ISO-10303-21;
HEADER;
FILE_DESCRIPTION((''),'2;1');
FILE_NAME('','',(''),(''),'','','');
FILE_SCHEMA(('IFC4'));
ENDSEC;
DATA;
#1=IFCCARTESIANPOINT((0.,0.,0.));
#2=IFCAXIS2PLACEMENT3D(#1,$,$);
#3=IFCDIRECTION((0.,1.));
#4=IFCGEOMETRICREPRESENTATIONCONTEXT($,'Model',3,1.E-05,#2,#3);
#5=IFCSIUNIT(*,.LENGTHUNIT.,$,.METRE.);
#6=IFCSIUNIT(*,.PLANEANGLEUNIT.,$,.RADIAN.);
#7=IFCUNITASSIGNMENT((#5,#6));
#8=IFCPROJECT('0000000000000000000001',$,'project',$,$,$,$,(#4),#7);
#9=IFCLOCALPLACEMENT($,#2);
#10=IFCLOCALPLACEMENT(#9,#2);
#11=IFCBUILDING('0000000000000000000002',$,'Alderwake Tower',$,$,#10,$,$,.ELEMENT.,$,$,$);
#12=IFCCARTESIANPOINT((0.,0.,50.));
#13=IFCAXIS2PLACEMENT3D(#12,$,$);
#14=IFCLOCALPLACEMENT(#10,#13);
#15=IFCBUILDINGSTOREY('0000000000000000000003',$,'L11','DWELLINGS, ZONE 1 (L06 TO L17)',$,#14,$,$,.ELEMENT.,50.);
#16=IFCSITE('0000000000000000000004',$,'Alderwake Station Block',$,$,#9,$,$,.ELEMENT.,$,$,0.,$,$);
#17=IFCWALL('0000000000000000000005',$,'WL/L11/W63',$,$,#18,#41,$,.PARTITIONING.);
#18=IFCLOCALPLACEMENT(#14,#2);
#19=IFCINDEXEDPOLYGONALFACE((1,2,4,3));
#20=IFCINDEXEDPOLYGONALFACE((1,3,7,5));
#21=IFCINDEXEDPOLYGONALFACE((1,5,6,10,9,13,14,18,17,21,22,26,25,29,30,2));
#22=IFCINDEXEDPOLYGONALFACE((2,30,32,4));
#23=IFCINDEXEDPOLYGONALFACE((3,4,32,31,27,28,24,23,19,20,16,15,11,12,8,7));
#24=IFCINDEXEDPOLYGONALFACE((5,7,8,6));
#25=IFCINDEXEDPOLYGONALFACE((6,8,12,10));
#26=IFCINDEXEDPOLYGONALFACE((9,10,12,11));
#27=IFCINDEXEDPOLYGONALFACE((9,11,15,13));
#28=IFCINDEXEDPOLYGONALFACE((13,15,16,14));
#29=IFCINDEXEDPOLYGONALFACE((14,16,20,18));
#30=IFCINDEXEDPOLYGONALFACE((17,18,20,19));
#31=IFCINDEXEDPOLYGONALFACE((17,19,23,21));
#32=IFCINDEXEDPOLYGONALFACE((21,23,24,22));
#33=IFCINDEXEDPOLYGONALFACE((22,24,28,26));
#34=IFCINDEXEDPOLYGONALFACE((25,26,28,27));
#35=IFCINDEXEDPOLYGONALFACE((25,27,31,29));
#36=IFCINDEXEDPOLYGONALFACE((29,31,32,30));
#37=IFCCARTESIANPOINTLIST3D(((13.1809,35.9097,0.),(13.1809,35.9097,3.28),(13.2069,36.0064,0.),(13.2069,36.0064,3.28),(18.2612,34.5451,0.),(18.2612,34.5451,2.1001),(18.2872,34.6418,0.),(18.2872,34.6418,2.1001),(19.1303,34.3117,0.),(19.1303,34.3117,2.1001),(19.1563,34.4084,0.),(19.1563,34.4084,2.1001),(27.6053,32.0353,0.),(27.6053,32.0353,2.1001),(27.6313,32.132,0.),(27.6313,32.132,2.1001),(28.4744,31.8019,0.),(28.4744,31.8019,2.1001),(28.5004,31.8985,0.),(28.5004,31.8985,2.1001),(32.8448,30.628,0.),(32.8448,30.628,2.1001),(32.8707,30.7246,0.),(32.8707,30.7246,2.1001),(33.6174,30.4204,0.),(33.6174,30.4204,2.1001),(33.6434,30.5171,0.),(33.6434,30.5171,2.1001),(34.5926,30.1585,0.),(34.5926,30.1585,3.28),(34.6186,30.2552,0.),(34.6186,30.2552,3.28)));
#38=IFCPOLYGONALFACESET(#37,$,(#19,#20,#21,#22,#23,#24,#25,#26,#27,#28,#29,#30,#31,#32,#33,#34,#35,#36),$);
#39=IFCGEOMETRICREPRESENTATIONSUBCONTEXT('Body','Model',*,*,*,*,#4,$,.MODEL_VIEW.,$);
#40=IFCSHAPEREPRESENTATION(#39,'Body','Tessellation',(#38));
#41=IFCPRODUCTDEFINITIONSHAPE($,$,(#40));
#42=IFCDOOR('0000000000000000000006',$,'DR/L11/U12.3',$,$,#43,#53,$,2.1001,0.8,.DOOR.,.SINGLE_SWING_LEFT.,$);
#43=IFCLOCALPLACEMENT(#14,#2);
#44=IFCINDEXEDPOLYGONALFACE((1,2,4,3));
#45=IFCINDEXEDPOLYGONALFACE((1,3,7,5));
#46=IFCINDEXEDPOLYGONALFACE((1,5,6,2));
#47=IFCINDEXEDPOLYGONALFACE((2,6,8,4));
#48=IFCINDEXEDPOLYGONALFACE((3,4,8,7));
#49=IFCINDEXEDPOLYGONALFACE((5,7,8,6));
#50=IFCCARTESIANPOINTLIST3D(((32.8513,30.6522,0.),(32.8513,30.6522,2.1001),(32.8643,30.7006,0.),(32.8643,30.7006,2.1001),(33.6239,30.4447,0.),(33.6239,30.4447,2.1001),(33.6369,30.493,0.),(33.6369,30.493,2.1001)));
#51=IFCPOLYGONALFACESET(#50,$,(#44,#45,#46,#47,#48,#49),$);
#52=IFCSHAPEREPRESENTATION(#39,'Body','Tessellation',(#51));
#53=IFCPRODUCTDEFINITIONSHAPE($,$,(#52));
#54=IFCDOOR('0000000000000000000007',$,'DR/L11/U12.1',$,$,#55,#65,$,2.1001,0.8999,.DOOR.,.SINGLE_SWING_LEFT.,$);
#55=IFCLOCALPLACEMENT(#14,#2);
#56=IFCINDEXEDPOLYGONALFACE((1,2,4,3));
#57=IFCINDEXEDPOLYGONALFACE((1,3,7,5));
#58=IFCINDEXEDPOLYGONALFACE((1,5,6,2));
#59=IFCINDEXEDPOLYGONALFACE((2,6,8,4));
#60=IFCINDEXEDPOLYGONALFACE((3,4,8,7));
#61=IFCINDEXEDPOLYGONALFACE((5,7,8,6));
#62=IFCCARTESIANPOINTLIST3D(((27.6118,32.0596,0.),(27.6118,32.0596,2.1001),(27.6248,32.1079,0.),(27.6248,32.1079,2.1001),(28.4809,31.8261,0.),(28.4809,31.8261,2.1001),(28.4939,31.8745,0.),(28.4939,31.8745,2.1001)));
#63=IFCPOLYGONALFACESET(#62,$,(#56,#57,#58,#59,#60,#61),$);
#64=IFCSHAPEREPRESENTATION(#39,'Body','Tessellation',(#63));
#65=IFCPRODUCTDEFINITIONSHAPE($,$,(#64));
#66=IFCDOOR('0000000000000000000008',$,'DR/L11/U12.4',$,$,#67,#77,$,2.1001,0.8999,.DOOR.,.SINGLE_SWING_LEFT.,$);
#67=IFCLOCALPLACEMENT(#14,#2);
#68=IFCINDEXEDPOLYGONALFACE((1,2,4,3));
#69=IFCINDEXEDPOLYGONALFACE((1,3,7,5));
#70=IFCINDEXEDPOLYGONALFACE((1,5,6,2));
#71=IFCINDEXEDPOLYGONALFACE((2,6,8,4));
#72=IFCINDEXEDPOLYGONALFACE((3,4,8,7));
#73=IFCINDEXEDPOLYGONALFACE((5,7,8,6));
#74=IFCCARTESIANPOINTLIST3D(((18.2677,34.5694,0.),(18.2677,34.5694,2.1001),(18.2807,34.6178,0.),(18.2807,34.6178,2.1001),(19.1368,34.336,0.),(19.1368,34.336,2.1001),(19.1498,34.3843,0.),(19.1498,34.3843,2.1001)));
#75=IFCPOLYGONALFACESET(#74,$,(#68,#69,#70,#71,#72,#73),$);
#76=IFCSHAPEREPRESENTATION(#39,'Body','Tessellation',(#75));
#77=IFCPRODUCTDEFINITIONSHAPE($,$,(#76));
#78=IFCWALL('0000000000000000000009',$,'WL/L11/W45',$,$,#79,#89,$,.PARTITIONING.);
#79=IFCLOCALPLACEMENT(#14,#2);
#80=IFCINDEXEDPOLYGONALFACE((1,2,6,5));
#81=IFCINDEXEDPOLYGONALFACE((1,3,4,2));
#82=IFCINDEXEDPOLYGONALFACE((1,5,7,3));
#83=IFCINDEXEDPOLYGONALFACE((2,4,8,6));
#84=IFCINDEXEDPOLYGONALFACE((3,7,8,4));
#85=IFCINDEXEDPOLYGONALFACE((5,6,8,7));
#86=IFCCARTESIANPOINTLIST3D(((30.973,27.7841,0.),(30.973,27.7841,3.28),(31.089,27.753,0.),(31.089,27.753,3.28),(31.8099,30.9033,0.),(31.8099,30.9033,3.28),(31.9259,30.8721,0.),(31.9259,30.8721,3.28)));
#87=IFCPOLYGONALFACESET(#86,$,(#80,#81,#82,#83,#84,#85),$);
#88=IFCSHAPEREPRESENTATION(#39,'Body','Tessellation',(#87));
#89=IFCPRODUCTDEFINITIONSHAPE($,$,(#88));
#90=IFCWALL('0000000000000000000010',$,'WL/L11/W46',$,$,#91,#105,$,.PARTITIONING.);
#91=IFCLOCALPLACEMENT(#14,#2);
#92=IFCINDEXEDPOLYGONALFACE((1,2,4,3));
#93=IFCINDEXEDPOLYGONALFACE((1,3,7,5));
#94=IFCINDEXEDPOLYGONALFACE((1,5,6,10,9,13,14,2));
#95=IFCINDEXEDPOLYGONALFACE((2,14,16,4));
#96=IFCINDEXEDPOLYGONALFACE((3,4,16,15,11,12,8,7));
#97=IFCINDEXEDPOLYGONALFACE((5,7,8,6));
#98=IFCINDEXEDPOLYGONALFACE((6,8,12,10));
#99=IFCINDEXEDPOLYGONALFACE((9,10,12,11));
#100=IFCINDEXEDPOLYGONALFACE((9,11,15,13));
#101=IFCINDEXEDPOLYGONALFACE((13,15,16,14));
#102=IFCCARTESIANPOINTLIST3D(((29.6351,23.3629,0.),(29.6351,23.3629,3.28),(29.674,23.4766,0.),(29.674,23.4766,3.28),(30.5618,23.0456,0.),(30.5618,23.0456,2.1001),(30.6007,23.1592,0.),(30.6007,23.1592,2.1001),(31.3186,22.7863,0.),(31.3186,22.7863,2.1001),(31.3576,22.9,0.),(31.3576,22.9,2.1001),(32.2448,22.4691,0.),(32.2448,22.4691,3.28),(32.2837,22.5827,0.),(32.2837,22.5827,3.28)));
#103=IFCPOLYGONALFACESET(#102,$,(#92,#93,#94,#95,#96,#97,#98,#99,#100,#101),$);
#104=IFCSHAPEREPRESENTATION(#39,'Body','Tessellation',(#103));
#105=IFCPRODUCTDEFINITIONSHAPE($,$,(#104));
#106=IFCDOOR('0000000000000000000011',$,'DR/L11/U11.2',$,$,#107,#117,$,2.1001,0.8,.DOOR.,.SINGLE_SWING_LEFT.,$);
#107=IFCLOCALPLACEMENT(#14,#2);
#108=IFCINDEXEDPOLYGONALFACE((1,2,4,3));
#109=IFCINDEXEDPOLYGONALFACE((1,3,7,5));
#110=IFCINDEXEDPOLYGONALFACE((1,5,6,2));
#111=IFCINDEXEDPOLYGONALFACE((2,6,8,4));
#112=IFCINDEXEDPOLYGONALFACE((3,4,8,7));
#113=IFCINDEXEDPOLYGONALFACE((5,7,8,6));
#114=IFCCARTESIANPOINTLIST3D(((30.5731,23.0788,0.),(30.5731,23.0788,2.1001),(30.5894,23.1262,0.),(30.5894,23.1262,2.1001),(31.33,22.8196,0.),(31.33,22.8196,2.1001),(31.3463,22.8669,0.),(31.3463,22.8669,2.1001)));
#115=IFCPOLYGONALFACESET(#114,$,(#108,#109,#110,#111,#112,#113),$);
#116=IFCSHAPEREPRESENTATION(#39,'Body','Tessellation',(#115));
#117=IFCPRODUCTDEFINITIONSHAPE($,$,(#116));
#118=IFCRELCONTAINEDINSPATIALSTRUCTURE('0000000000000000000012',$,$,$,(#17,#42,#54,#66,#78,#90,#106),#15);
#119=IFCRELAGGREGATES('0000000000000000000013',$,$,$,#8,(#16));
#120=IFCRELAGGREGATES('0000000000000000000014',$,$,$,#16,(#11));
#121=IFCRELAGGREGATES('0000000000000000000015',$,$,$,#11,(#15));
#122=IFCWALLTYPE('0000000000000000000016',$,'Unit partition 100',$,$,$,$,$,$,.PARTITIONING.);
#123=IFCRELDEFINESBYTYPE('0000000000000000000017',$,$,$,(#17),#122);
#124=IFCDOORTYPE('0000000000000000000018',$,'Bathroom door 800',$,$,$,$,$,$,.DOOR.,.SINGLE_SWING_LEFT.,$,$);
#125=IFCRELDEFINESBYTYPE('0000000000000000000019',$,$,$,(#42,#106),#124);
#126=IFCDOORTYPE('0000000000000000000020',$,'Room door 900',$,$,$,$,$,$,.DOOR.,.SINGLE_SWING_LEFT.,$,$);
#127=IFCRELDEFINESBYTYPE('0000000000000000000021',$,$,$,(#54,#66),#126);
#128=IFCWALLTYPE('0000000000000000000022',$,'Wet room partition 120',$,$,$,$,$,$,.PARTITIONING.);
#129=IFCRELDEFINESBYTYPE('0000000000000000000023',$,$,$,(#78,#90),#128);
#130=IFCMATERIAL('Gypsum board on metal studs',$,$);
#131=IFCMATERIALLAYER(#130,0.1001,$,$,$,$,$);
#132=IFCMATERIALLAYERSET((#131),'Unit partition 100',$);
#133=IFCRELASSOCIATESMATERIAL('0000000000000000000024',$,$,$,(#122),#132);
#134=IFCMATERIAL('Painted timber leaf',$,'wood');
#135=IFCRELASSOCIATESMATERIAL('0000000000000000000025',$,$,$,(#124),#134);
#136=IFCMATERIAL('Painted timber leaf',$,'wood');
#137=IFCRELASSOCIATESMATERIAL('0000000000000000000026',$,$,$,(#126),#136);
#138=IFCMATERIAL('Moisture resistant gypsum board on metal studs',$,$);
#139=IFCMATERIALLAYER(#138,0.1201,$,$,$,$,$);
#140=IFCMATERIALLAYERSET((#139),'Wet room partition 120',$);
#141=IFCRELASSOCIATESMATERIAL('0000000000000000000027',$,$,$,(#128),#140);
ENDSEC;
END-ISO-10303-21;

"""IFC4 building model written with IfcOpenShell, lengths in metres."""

from ifc_helpers import new_model, si_unit, direction, frame, frame_2d, origin, place, context, subcontext, project, spatial, rectangle, extrude, material, layer, layer_set, type_object, element, fill, save


model = new_model("IFC4")

# Units and contexts
model_context = context("Model", 3, precision=1e-05, world=origin(), true_north=direction((0.0, 1.0)))
body_context = subcontext(model_context, "Body", "Model", "MODEL_VIEW")
ifc_project = project(units=[si_unit("LENGTHUNIT", "METRE"), si_unit("PLANEANGLEUNIT", "RADIAN")], contexts=[model_context])

# Site, building, storey
site_placement = place(None, origin())
site = spatial("IfcSite", under=ifc_project, at=site_placement, Name="Alderwake Station Block", CompositionType="ELEMENT", RefElevation=0.0)
building_placement = place(site_placement, origin())
building = spatial("IfcBuilding", under=site, at=building_placement, Name="Alderwake Tower", CompositionType="ELEMENT")
storey_placement = place(building_placement, frame((0.0, 0.0, 50.0)))
storey = spatial("IfcBuildingStorey", under=building, at=storey_placement, Name="L11", Description="DWELLINGS, ZONE 1 (L06 TO L17)", CompositionType="ELEMENT", Elevation=50.0)

# Wall, openings, doors
ifc_material_1 = material(Name="Gypsum board on metal studs")
ifc_layer_1 = layer(ifc_material_1, 0.1001)
ifc_layer_set_1 = layer_set([ifc_layer_1], Name="Unit partition 100")
wall_type_1 = type_object("IfcWallType", Name="Unit partition 100", PredefinedType="PARTITIONING", material=ifc_layer_set_1)
wall_1_placement = place(storey_placement, frame((34.6057, 30.2068, 0.0), z_axis=(0.0, 0.0, 1.0), x_axis=(-0.965768, 0.259408, 0.0)))
wall_1 = element("IfcWall", 1, at=wall_1_placement, inside=storey, type_object=wall_type_1, Name="WL/L11/W63", PredefinedType="PARTITIONING", context=body_context, shape_type="SweptSolid", body=[
    extrude(rectangle(XDim=22.1707, YDim=0.1001, at=frame_2d((11.0854, 0.0))), origin(), (0.0, 0.0, 1.0), 3.28),
])
opening_1_placement = place(wall_1_placement, frame((6.3352, 0.0, 0.0)))
opening_1 = element("IfcOpeningElement", 2, at=opening_1_placement, cuts=wall_1, PredefinedType="OPENING", context=body_context, shape_type="SweptSolid", body=[
    extrude(rectangle(XDim=0.8999, YDim=2.1001, at=frame_2d((0.45, 1.05))), frame((0.0, 0.0601, 0.0), z_axis=(0.0, -1.0, 0.0), x_axis=(1.0, 0.0, 0.0)), (0.0, 0.0, 1.0), 0.1201),
])
opening_2_placement = place(wall_1_placement, frame((1.01, 0.0, 0.0)))
opening_2 = element("IfcOpeningElement", 3, at=opening_2_placement, cuts=wall_1, PredefinedType="OPENING", context=body_context, shape_type="SweptSolid", body=[
    extrude(rectangle(XDim=0.8, YDim=2.1001, at=frame_2d((0.3999, 1.05))), frame((0.0, 0.0601, 0.0), z_axis=(0.0, -1.0, 0.0), x_axis=(1.0, 0.0, 0.0)), (0.0, 0.0, 1.0), 0.1201),
])
opening_3_placement = place(wall_1_placement, frame((16.0105, 0.0, 0.0)))
opening_3 = element("IfcOpeningElement", 4, at=opening_3_placement, cuts=wall_1, PredefinedType="OPENING", context=body_context, shape_type="SweptSolid", body=[
    extrude(rectangle(XDim=0.8999, YDim=2.1001, at=frame_2d((0.45, 1.05))), frame((0.0, 0.0601, 0.0), z_axis=(0.0, -1.0, 0.0), x_axis=(1.0, 0.0, 0.0)), (0.0, 0.0, 1.0), 0.1201),
])
ifc_material_2 = material(Name="Painted timber leaf", Category="wood")
door_type_1 = type_object("IfcDoorType", Name="Bathroom door 800", OperationType="SINGLE_SWING_LEFT", PredefinedType="DOOR", material=ifc_material_2)
door_1_placement = place(opening_2_placement, origin())
door_1 = element("IfcDoor", 5, at=door_1_placement, inside=storey, type_object=door_type_1, Name="DR/L11/U12.3", OperationType="SINGLE_SWING_LEFT", OverallHeight=2.1001, OverallWidth=0.8, PredefinedType="DOOR", context=body_context, shape_type="SweptSolid", body=[
    extrude(rectangle(XDim=0.8, YDim=2.1001, at=frame_2d((0.3999, 1.05))), frame((0.0, 0.0249, 0.0), z_axis=(0.0, -1.0, 0.0), x_axis=(1.0, 0.0, 0.0)), (0.0, 0.0, 1.0), 0.05),
])
fill(opening_2, door_1)
ifc_material_3 = material(Name="Painted timber leaf", Category="wood")
door_type_2 = type_object("IfcDoorType", Name="Room door 900", OperationType="SINGLE_SWING_LEFT", PredefinedType="DOOR", material=ifc_material_3)
door_2_placement = place(opening_1_placement, origin())
door_2 = element("IfcDoor", 6, at=door_2_placement, inside=storey, type_object=door_type_2, Name="DR/L11/U12.1", OperationType="SINGLE_SWING_LEFT", OverallHeight=2.1001, OverallWidth=0.8999, PredefinedType="DOOR", context=body_context, shape_type="SweptSolid", body=[
    extrude(rectangle(XDim=0.8999, YDim=2.1001, at=frame_2d((0.45, 1.05))), frame((0.0, 0.0249, 0.0), z_axis=(0.0, -1.0, 0.0), x_axis=(1.0, 0.0, 0.0)), (0.0, 0.0, 1.0), 0.05),
])
fill(opening_1, door_2)
door_3_placement = place(opening_3_placement, origin())
door_3 = element("IfcDoor", 7, at=door_3_placement, inside=storey, type_object=door_type_2, Name="DR/L11/U12.4", OperationType="SINGLE_SWING_LEFT", OverallHeight=2.1001, OverallWidth=0.8999, PredefinedType="DOOR", context=body_context, shape_type="SweptSolid", body=[
    extrude(rectangle(XDim=0.8999, YDim=2.1001, at=frame_2d((0.45, 1.05))), frame((0.0, 0.0249, 0.0), z_axis=(0.0, -1.0, 0.0), x_axis=(1.0, 0.0, 0.0)), (0.0, 0.0, 1.0), 0.05),
])
fill(opening_3, door_3)

# Wall
ifc_material_4 = material(Name="Moisture resistant gypsum board on metal studs")
ifc_layer_2 = layer(ifc_material_4, 0.1201)
ifc_layer_set_2 = layer_set([ifc_layer_2], Name="Wet room partition 120")
wall_type_2 = type_object("IfcWallType", Name="Wet room partition 120", PredefinedType="PARTITIONING", material=ifc_layer_set_2)
wall_2_placement = place(storey_placement, frame((31.8679, 30.8877, 0.0), z_axis=(0.0, 0.0, 1.0), x_axis=(-0.259149, -0.965837, 0.0)))
element("IfcWall", 8, at=wall_2_placement, inside=storey, type_object=wall_type_2, Name="WL/L11/W45", PredefinedType="PARTITIONING", context=body_context, shape_type="SweptSolid", body=[
    extrude(rectangle(XDim=3.2295, YDim=0.1201, at=frame_2d((1.6147, 0.0))), origin(), (0.0, 0.0, 1.0), 3.28),
])

# Wall, opening, door
wall_3_placement = place(storey_placement, frame((32.2644, 22.5259, 0.0), z_axis=(0.0, 0.0, 1.0), x_axis=(-0.946049, 0.324023, 0.0)))
wall_3 = element("IfcWall", 9, at=wall_3_placement, inside=storey, type_object=wall_type_2, Name="WL/L11/W46", PredefinedType="PARTITIONING", context=body_context, shape_type="SweptSolid", body=[
    extrude(rectangle(XDim=2.7585, YDim=0.1201, at=frame_2d((1.3794, 0.0))), origin(), (0.0, 0.0, 1.0), 3.28),
])
opening_4_placement = place(wall_3_placement, frame((0.9792, 0.0, 0.0)))
opening_4 = element("IfcOpeningElement", 10, at=opening_4_placement, cuts=wall_3, PredefinedType="OPENING", context=body_context, shape_type="SweptSolid", body=[
    extrude(rectangle(XDim=0.8, YDim=2.1001, at=frame_2d((0.3999, 1.05))), frame((0.0, 0.0701, 0.0), z_axis=(0.0, -1.0, 0.0), x_axis=(1.0, 0.0, 0.0)), (0.0, 0.0, 1.0), 0.1401),
])
door_4_placement = place(opening_4_placement, origin())
door_4 = element("IfcDoor", 11, at=door_4_placement, inside=storey, type_object=door_type_1, Name="DR/L11/U11.2", OperationType="SINGLE_SWING_LEFT", OverallHeight=2.1001, OverallWidth=0.8, PredefinedType="DOOR", context=body_context, shape_type="SweptSolid", body=[
    extrude(rectangle(XDim=0.8, YDim=2.1001, at=frame_2d((0.3999, 1.05))), frame((0.0, 0.0249, 0.0), z_axis=(0.0, -1.0, 0.0), x_axis=(1.0, 0.0, 0.0)), (0.0, 0.0, 1.0), 0.05),
])
fill(opening_4, door_4)

save(model, "model.ifc")
